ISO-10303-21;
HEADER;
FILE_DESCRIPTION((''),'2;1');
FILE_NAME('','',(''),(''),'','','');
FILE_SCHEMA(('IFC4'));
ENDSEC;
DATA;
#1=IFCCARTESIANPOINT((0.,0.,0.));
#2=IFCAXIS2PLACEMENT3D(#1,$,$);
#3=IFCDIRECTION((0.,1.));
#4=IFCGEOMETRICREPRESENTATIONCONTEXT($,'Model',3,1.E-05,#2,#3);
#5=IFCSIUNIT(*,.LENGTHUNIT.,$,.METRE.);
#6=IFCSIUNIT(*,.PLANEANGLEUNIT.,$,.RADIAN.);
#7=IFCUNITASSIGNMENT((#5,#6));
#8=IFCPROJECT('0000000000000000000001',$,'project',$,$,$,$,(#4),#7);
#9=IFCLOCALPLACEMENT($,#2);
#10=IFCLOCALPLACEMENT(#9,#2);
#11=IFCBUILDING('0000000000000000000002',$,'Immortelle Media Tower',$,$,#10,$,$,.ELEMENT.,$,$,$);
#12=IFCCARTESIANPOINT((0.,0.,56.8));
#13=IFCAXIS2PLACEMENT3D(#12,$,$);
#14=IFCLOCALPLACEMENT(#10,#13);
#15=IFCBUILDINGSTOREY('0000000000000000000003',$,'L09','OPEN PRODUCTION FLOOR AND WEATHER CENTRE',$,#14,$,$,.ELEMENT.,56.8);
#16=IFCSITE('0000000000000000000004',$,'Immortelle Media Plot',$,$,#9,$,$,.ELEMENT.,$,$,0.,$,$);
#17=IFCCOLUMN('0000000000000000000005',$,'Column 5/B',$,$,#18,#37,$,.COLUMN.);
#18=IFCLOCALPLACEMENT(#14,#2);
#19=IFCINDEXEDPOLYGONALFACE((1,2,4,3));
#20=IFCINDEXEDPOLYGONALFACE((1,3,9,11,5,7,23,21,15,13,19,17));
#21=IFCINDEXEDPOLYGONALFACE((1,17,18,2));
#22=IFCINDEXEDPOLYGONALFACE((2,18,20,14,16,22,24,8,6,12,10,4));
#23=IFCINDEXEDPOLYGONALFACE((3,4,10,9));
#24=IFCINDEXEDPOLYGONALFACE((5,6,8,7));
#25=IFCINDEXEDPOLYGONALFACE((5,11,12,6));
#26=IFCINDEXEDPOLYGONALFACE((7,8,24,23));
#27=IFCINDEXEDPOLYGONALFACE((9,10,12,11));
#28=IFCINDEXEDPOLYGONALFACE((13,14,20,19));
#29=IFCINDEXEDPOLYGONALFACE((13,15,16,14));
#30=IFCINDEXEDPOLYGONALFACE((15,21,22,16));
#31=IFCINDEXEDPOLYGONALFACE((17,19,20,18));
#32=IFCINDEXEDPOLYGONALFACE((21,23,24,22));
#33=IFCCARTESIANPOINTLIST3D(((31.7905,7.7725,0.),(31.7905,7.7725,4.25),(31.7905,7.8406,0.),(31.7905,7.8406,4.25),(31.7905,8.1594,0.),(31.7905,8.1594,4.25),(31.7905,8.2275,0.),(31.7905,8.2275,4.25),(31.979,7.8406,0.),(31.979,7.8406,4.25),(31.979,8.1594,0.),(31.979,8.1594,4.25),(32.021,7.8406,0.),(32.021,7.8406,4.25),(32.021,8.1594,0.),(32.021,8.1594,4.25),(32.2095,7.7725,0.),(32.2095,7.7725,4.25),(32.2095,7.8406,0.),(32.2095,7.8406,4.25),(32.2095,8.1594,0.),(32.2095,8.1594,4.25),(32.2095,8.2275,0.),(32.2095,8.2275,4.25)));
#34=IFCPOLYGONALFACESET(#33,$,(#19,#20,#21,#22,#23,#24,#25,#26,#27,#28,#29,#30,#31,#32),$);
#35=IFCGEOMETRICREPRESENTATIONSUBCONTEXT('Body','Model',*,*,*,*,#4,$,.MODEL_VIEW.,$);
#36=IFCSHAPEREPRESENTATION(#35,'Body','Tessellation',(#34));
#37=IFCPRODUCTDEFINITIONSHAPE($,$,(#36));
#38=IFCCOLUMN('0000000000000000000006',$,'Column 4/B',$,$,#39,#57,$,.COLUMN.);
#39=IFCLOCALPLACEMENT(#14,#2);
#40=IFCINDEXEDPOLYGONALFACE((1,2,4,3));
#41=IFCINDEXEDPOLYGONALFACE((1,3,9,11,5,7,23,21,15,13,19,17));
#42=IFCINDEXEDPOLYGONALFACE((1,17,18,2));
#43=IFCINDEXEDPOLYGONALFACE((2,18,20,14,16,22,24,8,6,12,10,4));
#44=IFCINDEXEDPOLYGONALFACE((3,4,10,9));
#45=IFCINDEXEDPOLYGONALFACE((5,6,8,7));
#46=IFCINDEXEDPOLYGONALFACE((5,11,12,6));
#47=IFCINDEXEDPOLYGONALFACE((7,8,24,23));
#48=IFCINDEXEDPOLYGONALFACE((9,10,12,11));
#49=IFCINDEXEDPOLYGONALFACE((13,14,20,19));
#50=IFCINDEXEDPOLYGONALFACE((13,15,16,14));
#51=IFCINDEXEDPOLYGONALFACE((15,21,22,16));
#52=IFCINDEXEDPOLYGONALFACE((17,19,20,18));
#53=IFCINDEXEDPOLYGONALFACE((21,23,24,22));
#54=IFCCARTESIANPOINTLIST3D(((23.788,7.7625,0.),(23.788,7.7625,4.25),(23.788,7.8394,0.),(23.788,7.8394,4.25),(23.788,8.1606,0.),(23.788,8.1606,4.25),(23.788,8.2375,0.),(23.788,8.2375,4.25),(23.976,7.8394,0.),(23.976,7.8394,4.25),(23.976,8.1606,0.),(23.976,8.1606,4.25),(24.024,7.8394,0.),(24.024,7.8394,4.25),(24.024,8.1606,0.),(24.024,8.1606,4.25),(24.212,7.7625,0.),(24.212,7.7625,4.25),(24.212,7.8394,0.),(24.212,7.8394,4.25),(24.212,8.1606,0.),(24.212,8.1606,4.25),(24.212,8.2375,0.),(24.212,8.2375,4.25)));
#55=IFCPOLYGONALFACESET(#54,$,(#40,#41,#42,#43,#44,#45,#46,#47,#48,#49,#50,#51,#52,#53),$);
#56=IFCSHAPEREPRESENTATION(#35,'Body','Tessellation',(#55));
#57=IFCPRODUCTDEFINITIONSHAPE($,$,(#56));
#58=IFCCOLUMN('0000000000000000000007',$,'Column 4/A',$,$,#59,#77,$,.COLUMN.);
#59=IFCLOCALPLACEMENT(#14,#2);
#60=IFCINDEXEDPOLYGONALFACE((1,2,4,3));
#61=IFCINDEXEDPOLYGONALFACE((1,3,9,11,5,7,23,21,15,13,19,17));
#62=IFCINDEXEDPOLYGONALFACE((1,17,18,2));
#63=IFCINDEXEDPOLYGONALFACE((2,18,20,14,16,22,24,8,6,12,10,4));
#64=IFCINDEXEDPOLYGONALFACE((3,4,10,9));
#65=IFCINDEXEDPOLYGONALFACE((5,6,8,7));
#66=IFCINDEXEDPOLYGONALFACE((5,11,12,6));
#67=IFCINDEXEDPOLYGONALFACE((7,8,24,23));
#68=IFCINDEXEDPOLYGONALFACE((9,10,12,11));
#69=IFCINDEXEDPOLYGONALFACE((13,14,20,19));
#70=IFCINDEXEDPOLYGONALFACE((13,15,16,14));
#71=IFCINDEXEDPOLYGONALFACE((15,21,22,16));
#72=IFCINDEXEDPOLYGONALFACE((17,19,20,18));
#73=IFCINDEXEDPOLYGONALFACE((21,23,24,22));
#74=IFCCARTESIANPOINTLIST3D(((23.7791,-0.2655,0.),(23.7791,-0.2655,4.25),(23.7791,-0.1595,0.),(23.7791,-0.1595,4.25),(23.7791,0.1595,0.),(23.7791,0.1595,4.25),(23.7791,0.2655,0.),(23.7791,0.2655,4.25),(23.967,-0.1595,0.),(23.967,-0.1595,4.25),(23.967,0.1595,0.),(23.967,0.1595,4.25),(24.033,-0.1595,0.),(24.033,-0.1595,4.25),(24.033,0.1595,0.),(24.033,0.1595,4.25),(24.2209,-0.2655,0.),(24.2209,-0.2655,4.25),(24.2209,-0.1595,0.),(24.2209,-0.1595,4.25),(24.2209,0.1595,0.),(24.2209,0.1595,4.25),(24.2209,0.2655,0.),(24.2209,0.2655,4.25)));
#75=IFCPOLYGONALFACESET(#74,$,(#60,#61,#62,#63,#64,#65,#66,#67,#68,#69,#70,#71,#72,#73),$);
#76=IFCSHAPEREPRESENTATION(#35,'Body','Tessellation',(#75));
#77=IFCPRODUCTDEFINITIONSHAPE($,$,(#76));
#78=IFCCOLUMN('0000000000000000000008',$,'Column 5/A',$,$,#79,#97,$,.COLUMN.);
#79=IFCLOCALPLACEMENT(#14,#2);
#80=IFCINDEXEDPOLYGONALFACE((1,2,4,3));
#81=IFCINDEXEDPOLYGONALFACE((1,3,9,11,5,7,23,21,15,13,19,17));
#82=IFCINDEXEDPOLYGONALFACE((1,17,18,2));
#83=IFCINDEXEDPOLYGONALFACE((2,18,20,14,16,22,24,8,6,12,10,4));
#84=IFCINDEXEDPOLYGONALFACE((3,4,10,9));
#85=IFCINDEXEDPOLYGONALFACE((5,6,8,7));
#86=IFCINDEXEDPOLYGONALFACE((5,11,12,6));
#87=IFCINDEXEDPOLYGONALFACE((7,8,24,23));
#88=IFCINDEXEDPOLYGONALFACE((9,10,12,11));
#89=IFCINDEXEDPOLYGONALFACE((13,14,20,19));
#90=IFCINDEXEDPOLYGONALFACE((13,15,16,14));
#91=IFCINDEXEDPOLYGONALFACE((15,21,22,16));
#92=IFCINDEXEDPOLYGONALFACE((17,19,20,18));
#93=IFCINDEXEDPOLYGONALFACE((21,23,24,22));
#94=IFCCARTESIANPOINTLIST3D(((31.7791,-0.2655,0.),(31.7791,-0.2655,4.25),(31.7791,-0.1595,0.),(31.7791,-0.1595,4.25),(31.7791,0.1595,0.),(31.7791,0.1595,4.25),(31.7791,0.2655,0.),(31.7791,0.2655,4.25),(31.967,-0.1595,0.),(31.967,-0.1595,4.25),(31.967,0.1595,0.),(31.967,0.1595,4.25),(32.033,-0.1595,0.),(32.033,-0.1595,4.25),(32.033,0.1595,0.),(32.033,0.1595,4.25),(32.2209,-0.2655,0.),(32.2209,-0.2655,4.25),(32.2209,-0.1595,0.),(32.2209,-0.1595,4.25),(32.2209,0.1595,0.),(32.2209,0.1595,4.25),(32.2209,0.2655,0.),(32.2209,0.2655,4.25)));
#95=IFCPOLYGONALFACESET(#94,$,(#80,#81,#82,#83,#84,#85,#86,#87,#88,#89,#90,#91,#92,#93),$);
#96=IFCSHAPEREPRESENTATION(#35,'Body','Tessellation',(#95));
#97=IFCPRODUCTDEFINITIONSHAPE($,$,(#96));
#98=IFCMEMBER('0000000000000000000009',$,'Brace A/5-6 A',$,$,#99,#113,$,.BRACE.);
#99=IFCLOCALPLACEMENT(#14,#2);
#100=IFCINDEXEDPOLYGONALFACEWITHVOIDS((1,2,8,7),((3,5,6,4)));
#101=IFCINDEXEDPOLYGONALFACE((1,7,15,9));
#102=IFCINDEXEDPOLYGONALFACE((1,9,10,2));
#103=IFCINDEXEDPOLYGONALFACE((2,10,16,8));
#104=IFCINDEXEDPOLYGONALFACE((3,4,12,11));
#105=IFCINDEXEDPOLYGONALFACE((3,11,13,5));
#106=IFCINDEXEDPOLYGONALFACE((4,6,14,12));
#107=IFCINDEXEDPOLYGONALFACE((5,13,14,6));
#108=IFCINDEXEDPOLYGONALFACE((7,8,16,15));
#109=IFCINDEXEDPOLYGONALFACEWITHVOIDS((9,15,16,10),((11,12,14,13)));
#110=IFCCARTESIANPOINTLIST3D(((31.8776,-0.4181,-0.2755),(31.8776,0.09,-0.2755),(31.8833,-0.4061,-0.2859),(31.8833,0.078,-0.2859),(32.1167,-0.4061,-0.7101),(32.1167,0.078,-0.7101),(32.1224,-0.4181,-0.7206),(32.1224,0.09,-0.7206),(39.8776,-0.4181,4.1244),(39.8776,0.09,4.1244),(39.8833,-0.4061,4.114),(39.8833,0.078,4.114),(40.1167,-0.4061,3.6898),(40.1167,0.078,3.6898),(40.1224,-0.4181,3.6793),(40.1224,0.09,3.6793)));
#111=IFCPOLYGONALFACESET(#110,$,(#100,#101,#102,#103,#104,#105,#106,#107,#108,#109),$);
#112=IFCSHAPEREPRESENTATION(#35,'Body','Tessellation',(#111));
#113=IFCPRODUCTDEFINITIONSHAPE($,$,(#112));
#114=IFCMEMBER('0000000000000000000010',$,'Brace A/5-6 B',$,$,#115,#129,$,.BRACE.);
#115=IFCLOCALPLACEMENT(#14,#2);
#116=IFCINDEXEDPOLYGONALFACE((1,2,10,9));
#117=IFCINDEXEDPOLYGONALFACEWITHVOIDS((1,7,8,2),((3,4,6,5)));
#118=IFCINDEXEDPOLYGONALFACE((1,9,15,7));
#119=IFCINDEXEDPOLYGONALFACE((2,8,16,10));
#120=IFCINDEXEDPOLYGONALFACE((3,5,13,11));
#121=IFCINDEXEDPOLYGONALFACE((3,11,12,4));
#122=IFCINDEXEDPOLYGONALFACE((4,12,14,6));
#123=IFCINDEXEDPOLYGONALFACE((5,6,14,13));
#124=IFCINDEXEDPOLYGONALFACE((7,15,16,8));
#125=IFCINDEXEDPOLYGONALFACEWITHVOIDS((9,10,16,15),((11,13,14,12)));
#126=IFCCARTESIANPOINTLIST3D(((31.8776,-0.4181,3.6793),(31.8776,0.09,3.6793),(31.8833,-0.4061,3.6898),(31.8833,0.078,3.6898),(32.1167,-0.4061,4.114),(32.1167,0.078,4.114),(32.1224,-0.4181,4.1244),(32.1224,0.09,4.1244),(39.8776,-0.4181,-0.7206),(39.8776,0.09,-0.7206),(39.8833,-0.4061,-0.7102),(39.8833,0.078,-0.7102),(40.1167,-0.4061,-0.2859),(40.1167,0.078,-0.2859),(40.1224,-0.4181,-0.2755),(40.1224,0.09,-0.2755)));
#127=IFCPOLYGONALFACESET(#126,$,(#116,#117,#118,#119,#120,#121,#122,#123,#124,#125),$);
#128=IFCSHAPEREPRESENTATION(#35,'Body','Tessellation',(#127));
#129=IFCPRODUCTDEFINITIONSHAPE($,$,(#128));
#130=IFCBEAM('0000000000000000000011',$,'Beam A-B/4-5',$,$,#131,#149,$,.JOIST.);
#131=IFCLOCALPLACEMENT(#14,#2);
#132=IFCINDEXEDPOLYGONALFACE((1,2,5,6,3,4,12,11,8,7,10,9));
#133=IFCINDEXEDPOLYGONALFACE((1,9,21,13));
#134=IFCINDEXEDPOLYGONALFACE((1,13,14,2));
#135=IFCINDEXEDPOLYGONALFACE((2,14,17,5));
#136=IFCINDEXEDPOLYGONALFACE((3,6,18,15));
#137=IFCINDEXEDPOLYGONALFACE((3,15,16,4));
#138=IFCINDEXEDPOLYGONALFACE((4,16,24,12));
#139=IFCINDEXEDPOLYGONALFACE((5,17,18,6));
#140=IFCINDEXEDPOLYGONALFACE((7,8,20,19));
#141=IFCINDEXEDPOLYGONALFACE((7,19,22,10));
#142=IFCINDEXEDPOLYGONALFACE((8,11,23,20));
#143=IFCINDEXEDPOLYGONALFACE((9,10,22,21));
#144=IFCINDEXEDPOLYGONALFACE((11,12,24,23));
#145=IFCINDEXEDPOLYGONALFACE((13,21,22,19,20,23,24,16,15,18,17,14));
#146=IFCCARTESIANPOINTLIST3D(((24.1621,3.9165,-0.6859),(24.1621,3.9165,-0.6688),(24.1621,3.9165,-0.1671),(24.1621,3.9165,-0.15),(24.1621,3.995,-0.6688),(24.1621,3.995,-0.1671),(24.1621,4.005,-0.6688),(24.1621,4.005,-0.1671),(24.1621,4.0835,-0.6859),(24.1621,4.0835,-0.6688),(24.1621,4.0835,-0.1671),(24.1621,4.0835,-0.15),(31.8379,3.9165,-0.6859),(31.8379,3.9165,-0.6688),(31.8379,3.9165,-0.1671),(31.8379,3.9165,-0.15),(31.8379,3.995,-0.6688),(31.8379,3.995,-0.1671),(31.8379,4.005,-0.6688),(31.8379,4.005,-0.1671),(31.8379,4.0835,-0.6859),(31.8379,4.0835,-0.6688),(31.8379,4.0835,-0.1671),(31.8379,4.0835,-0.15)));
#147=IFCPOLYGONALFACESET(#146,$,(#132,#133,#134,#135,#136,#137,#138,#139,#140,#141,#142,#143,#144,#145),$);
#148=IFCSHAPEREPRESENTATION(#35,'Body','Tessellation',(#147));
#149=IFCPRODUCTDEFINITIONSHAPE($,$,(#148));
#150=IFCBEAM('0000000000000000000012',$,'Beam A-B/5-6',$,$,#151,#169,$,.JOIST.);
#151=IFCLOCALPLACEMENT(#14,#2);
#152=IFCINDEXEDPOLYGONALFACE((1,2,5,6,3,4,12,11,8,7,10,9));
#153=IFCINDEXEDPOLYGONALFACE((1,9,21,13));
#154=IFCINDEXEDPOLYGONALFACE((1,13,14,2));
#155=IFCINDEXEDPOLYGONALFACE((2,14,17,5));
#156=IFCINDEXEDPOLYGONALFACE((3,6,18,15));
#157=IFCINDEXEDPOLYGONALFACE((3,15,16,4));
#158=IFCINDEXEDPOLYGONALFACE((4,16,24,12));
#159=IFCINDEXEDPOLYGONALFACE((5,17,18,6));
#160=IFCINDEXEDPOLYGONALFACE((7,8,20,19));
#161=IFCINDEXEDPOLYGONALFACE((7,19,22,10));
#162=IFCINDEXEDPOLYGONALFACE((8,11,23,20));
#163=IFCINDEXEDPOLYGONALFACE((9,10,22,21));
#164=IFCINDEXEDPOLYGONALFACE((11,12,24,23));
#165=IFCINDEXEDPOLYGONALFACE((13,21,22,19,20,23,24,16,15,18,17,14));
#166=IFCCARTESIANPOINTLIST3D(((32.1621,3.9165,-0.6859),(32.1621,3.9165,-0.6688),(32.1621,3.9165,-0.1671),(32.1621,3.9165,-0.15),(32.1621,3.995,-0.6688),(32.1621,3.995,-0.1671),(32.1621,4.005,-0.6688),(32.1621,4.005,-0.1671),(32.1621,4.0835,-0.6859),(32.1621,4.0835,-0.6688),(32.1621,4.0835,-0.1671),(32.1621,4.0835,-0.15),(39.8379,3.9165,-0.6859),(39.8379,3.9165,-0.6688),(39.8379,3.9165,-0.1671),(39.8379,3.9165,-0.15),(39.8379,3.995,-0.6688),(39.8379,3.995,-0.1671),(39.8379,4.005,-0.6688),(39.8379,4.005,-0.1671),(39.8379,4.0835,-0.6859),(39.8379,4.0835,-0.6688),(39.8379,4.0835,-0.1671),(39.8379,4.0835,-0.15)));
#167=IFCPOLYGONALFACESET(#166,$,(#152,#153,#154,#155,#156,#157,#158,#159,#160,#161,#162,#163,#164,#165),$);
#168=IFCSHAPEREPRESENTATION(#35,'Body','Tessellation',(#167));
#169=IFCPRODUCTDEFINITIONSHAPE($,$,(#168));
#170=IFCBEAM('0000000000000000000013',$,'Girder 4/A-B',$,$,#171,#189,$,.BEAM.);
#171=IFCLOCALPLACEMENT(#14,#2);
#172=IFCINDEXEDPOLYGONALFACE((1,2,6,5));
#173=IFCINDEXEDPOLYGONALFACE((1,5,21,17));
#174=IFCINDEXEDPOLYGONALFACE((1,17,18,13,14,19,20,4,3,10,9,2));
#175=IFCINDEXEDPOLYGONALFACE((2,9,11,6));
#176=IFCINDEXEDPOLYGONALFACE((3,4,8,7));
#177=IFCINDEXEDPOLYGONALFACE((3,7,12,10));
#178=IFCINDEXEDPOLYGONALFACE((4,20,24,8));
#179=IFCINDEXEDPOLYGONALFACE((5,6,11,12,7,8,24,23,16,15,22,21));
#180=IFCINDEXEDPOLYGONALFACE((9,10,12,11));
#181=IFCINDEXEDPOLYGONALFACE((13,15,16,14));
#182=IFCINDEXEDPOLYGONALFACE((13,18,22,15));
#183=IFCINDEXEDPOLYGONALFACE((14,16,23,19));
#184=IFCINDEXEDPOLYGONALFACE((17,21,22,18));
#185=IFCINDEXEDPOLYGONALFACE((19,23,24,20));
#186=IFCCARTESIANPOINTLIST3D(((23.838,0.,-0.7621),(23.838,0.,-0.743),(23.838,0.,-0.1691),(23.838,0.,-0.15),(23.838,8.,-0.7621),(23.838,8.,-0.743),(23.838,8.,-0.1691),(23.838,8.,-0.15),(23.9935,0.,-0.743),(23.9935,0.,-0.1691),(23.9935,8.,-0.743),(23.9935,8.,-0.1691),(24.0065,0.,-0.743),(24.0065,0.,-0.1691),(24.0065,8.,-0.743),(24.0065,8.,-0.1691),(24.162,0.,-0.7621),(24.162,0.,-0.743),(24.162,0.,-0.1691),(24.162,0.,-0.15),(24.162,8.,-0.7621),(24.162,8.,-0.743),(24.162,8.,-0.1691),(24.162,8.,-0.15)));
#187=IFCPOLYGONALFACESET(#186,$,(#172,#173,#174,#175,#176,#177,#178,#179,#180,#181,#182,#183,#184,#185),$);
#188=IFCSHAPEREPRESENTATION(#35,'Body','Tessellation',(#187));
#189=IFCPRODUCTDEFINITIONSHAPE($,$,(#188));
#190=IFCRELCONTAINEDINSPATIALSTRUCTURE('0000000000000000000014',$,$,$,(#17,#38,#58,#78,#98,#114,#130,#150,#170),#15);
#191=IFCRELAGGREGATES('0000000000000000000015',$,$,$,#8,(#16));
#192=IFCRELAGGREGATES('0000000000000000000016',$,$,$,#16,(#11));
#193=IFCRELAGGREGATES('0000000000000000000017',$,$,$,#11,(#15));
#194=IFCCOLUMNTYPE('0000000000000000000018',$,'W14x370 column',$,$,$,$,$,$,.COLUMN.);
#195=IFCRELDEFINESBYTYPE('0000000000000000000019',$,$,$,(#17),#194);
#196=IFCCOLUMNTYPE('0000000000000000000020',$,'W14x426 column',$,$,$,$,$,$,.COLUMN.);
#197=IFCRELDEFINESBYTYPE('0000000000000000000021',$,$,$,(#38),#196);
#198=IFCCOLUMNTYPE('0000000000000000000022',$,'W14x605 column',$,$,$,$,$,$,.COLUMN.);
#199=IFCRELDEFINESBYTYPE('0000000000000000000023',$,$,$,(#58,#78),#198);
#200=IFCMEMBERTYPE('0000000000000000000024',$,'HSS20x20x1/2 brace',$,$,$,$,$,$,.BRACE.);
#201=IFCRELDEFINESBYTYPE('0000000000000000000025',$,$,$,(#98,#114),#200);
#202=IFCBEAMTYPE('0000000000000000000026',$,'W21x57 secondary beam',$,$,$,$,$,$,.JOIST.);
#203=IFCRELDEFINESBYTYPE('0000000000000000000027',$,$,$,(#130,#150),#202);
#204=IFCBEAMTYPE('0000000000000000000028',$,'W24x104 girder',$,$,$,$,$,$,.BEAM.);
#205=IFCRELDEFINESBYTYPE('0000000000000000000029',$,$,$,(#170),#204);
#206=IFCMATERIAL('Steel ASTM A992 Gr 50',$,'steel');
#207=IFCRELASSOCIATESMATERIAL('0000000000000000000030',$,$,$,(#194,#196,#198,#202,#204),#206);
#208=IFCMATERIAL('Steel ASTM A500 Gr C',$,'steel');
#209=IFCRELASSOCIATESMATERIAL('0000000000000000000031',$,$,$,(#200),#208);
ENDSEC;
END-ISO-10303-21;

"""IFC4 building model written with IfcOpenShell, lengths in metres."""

from ifc_helpers import new_model, si_unit, direction, frame, origin, origin_2d, place, context, subcontext, project, spatial, hollow_rectangle, i_section, extrude, material, material_profile, profile_set, type_object, element, save


model = new_model("IFC4")

# Units and contexts
model_context = context("Model", 3, precision=1e-05, world=origin(), true_north=direction((0.0, 1.0)))
body_context = subcontext(model_context, "Body", "Model", "MODEL_VIEW")
ifc_project = project(units=[si_unit("LENGTHUNIT", "METRE"), si_unit("PLANEANGLEUNIT", "RADIAN")], contexts=[model_context])

# Site, building, storey
site_placement = place(None, origin())
site = spatial("IfcSite", under=ifc_project, at=site_placement, Name="Immortelle Media Plot", CompositionType="ELEMENT", RefElevation=0.0)
building_placement = place(site_placement, origin())
building = spatial("IfcBuilding", under=site, at=building_placement, Name="Immortelle Media Tower", CompositionType="ELEMENT")
storey_placement = place(building_placement, frame((0.0, 0.0, 56.8)))
storey = spatial("IfcBuildingStorey", under=building, at=storey_placement, Name="L09", Description="OPEN PRODUCTION FLOOR AND WEATHER CENTRE", CompositionType="ELEMENT", Elevation=56.8)

# Columns
ifc_material_1 = material(Name="Steel ASTM A992 Gr 50", Category="steel")
ifc_material_profile_1 = material_profile(ifc_material_1, i_section(OverallWidth=0.4189, OverallDepth=0.4551, WebThickness=0.042, FlangeThickness=0.0681, at=origin_2d()), Name="W14x370")
ifc_profile_set_1 = profile_set([ifc_material_profile_1], Name="Steel ASTM A992 Gr 50")
column_type_1 = type_object("IfcColumnType", Name="W14x370 column", PredefinedType="COLUMN", material=ifc_profile_set_1)
column_1_placement = place(storey_placement, frame((32.0, 8.0, 0.0), z_axis=(0.0, 0.0, 1.0), x_axis=(1.0, 0.0, 0.0)))
element("IfcColumn", 1, at=column_1_placement, inside=storey, type_object=column_type_1, Name="Column 5/B", PredefinedType="COLUMN", context=body_context, shape_type="SweptSolid", body=[
    extrude(i_section(OverallWidth=0.4189, OverallDepth=0.4551, WebThickness=0.042, FlangeThickness=0.0681, at=origin_2d()), origin(), (0.0, 0.0, 1.0), 4.25),
])
ifc_material_profile_2 = material_profile(ifc_material_1, i_section(OverallWidth=0.4241, OverallDepth=0.4751, WebThickness=0.0481, FlangeThickness=0.0769, at=origin_2d()), Name="W14x426")
ifc_profile_set_2 = profile_set([ifc_material_profile_2], Name="Steel ASTM A992 Gr 50")
column_type_2 = type_object("IfcColumnType", Name="W14x426 column", PredefinedType="COLUMN", material=ifc_profile_set_2)
column_2_placement = place(storey_placement, frame((24.0, 8.0, 0.0), z_axis=(0.0, 0.0, 1.0), x_axis=(1.0, 0.0, 0.0)))
element("IfcColumn", 2, at=column_2_placement, inside=storey, type_object=column_type_2, Name="Column 4/B", PredefinedType="COLUMN", context=body_context, shape_type="SweptSolid", body=[
    extrude(i_section(OverallWidth=0.4241, OverallDepth=0.4751, WebThickness=0.0481, FlangeThickness=0.0769, at=origin_2d()), origin(), (0.0, 0.0, 1.0), 4.25),
])
ifc_material_profile_3 = material_profile(ifc_material_1, i_section(OverallWidth=0.4419, OverallDepth=0.531, WebThickness=0.0659, FlangeThickness=0.106, at=origin_2d()), Name="W14x605")
ifc_profile_set_3 = profile_set([ifc_material_profile_3], Name="Steel ASTM A992 Gr 50")
column_type_3 = type_object("IfcColumnType", Name="W14x605 column", PredefinedType="COLUMN", material=ifc_profile_set_3)
for number, where, z_axis, x_axis, name in (
    (3, (24.0, 0.0, 0.0), (0.0, 0.0, 1.0), (1.0, 0.0, 0.0), "Column 4/A"),
    (4, (32.0, 0.0, 0.0), (0.0, 0.0, 1.0), (1.0, 0.0, 0.0), "Column 5/A"),
):
    element("IfcColumn", number, at=place(storey_placement, frame(where, z_axis=z_axis, x_axis=x_axis)), inside=storey, type_object=column_type_3, Name=name, PredefinedType="COLUMN", context=body_context, shape_type="SweptSolid", body=[
        extrude(i_section(OverallWidth=0.4419, OverallDepth=0.531, WebThickness=0.0659, FlangeThickness=0.106, at=origin_2d()), origin(), (0.0, 0.0, 1.0), 4.25),
    ])

# Members
ifc_material_2 = material(Name="Steel ASTM A500 Gr C", Category="steel")
ifc_material_profile_4 = material_profile(ifc_material_2, hollow_rectangle(XDim=0.5081, YDim=0.5081, WallThickness=0.012, at=origin_2d()), Name="HSS20x20x1/2 brace")
ifc_profile_set_4 = profile_set([ifc_material_profile_4], Name="Steel ASTM A500 Gr C")
member_type = type_object("IfcMemberType", Name="HSS20x20x1/2 brace", PredefinedType="BRACE", material=ifc_profile_set_4)
for number, where, z_axis, x_axis, name in (
    (5, (32.0, -0.1641, -0.498), (0.87622, 0.0, 0.481911), (0.0, 1.0, 0.0), "Brace A/5-6 A"),
    (6, (32.0, -0.1641, 3.9019), (0.87622, 0.0, -0.481911), (0.0, 1.0, 0.0), "Brace A/5-6 B"),
):
    element("IfcMember", number, at=place(storey_placement, frame(where, z_axis=z_axis, x_axis=x_axis)), inside=storey, type_object=member_type, Name=name, PredefinedType="BRACE", context=body_context, shape_type="SweptSolid", body=[
        extrude(hollow_rectangle(XDim=0.5081, YDim=0.5081, WallThickness=0.012, at=origin_2d()), origin(), (0.0, 0.0, 1.0), 9.1301),
    ])

# Beams
ifc_material_profile_5 = material_profile(ifc_material_1, i_section(OverallWidth=0.167, OverallDepth=0.5359, WebThickness=0.01, FlangeThickness=0.0171, at=origin_2d()), Name="W21x57")
ifc_profile_set_5 = profile_set([ifc_material_profile_5], Name="Steel ASTM A992 Gr 50")
beam_type_1 = type_object("IfcBeamType", Name="W21x57 secondary beam", PredefinedType="JOIST", material=ifc_profile_set_5)
for number, where, z_axis, x_axis, name in (
    (7, (24.1621, 4.0, -0.418), (1.0, 0.0, 0.0), (0.0, 1.0, 0.0), "Beam A-B/4-5"),
    (8, (32.1621, 4.0, -0.418), (1.0, 0.0, 0.0), (0.0, 1.0, 0.0), "Beam A-B/5-6"),
):
    element("IfcBeam", number, at=place(storey_placement, frame(where, z_axis=z_axis, x_axis=x_axis)), inside=storey, type_object=beam_type_1, Name=name, PredefinedType="JOIST", context=body_context, shape_type="SweptSolid", body=[
        extrude(i_section(OverallWidth=0.167, OverallDepth=0.5359, WebThickness=0.01, FlangeThickness=0.0171, at=origin_2d()), origin(), (0.0, 0.0, 1.0), 7.6758),
    ])
ifc_material_profile_6 = material_profile(ifc_material_1, i_section(OverallWidth=0.324, OverallDepth=0.6121, WebThickness=0.0129, FlangeThickness=0.019, at=origin_2d()), Name="W24x104")
ifc_profile_set_6 = profile_set([ifc_material_profile_6], Name="Steel ASTM A992 Gr 50")
beam_type_2 = type_object("IfcBeamType", Name="W24x104 girder", PredefinedType="BEAM", material=ifc_profile_set_6)
for number, where, z_axis, x_axis, name in (
    (9, (24.0, 0.0, -0.4561), (0.0, 1.0, 0.0), (-1.0, 0.0, 0.0), "Girder 4/A-B"),
):
    element("IfcBeam", number, at=place(storey_placement, frame(where, z_axis=z_axis, x_axis=x_axis)), inside=storey, type_object=beam_type_2, Name=name, PredefinedType="BEAM", context=body_context, shape_type="SweptSolid", body=[
        extrude(i_section(OverallWidth=0.324, OverallDepth=0.6121, WebThickness=0.0129, FlangeThickness=0.019, at=origin_2d()), origin(), (0.0, 0.0, 1.0), 8.0),
    ])

save(model, "model.ifc")
